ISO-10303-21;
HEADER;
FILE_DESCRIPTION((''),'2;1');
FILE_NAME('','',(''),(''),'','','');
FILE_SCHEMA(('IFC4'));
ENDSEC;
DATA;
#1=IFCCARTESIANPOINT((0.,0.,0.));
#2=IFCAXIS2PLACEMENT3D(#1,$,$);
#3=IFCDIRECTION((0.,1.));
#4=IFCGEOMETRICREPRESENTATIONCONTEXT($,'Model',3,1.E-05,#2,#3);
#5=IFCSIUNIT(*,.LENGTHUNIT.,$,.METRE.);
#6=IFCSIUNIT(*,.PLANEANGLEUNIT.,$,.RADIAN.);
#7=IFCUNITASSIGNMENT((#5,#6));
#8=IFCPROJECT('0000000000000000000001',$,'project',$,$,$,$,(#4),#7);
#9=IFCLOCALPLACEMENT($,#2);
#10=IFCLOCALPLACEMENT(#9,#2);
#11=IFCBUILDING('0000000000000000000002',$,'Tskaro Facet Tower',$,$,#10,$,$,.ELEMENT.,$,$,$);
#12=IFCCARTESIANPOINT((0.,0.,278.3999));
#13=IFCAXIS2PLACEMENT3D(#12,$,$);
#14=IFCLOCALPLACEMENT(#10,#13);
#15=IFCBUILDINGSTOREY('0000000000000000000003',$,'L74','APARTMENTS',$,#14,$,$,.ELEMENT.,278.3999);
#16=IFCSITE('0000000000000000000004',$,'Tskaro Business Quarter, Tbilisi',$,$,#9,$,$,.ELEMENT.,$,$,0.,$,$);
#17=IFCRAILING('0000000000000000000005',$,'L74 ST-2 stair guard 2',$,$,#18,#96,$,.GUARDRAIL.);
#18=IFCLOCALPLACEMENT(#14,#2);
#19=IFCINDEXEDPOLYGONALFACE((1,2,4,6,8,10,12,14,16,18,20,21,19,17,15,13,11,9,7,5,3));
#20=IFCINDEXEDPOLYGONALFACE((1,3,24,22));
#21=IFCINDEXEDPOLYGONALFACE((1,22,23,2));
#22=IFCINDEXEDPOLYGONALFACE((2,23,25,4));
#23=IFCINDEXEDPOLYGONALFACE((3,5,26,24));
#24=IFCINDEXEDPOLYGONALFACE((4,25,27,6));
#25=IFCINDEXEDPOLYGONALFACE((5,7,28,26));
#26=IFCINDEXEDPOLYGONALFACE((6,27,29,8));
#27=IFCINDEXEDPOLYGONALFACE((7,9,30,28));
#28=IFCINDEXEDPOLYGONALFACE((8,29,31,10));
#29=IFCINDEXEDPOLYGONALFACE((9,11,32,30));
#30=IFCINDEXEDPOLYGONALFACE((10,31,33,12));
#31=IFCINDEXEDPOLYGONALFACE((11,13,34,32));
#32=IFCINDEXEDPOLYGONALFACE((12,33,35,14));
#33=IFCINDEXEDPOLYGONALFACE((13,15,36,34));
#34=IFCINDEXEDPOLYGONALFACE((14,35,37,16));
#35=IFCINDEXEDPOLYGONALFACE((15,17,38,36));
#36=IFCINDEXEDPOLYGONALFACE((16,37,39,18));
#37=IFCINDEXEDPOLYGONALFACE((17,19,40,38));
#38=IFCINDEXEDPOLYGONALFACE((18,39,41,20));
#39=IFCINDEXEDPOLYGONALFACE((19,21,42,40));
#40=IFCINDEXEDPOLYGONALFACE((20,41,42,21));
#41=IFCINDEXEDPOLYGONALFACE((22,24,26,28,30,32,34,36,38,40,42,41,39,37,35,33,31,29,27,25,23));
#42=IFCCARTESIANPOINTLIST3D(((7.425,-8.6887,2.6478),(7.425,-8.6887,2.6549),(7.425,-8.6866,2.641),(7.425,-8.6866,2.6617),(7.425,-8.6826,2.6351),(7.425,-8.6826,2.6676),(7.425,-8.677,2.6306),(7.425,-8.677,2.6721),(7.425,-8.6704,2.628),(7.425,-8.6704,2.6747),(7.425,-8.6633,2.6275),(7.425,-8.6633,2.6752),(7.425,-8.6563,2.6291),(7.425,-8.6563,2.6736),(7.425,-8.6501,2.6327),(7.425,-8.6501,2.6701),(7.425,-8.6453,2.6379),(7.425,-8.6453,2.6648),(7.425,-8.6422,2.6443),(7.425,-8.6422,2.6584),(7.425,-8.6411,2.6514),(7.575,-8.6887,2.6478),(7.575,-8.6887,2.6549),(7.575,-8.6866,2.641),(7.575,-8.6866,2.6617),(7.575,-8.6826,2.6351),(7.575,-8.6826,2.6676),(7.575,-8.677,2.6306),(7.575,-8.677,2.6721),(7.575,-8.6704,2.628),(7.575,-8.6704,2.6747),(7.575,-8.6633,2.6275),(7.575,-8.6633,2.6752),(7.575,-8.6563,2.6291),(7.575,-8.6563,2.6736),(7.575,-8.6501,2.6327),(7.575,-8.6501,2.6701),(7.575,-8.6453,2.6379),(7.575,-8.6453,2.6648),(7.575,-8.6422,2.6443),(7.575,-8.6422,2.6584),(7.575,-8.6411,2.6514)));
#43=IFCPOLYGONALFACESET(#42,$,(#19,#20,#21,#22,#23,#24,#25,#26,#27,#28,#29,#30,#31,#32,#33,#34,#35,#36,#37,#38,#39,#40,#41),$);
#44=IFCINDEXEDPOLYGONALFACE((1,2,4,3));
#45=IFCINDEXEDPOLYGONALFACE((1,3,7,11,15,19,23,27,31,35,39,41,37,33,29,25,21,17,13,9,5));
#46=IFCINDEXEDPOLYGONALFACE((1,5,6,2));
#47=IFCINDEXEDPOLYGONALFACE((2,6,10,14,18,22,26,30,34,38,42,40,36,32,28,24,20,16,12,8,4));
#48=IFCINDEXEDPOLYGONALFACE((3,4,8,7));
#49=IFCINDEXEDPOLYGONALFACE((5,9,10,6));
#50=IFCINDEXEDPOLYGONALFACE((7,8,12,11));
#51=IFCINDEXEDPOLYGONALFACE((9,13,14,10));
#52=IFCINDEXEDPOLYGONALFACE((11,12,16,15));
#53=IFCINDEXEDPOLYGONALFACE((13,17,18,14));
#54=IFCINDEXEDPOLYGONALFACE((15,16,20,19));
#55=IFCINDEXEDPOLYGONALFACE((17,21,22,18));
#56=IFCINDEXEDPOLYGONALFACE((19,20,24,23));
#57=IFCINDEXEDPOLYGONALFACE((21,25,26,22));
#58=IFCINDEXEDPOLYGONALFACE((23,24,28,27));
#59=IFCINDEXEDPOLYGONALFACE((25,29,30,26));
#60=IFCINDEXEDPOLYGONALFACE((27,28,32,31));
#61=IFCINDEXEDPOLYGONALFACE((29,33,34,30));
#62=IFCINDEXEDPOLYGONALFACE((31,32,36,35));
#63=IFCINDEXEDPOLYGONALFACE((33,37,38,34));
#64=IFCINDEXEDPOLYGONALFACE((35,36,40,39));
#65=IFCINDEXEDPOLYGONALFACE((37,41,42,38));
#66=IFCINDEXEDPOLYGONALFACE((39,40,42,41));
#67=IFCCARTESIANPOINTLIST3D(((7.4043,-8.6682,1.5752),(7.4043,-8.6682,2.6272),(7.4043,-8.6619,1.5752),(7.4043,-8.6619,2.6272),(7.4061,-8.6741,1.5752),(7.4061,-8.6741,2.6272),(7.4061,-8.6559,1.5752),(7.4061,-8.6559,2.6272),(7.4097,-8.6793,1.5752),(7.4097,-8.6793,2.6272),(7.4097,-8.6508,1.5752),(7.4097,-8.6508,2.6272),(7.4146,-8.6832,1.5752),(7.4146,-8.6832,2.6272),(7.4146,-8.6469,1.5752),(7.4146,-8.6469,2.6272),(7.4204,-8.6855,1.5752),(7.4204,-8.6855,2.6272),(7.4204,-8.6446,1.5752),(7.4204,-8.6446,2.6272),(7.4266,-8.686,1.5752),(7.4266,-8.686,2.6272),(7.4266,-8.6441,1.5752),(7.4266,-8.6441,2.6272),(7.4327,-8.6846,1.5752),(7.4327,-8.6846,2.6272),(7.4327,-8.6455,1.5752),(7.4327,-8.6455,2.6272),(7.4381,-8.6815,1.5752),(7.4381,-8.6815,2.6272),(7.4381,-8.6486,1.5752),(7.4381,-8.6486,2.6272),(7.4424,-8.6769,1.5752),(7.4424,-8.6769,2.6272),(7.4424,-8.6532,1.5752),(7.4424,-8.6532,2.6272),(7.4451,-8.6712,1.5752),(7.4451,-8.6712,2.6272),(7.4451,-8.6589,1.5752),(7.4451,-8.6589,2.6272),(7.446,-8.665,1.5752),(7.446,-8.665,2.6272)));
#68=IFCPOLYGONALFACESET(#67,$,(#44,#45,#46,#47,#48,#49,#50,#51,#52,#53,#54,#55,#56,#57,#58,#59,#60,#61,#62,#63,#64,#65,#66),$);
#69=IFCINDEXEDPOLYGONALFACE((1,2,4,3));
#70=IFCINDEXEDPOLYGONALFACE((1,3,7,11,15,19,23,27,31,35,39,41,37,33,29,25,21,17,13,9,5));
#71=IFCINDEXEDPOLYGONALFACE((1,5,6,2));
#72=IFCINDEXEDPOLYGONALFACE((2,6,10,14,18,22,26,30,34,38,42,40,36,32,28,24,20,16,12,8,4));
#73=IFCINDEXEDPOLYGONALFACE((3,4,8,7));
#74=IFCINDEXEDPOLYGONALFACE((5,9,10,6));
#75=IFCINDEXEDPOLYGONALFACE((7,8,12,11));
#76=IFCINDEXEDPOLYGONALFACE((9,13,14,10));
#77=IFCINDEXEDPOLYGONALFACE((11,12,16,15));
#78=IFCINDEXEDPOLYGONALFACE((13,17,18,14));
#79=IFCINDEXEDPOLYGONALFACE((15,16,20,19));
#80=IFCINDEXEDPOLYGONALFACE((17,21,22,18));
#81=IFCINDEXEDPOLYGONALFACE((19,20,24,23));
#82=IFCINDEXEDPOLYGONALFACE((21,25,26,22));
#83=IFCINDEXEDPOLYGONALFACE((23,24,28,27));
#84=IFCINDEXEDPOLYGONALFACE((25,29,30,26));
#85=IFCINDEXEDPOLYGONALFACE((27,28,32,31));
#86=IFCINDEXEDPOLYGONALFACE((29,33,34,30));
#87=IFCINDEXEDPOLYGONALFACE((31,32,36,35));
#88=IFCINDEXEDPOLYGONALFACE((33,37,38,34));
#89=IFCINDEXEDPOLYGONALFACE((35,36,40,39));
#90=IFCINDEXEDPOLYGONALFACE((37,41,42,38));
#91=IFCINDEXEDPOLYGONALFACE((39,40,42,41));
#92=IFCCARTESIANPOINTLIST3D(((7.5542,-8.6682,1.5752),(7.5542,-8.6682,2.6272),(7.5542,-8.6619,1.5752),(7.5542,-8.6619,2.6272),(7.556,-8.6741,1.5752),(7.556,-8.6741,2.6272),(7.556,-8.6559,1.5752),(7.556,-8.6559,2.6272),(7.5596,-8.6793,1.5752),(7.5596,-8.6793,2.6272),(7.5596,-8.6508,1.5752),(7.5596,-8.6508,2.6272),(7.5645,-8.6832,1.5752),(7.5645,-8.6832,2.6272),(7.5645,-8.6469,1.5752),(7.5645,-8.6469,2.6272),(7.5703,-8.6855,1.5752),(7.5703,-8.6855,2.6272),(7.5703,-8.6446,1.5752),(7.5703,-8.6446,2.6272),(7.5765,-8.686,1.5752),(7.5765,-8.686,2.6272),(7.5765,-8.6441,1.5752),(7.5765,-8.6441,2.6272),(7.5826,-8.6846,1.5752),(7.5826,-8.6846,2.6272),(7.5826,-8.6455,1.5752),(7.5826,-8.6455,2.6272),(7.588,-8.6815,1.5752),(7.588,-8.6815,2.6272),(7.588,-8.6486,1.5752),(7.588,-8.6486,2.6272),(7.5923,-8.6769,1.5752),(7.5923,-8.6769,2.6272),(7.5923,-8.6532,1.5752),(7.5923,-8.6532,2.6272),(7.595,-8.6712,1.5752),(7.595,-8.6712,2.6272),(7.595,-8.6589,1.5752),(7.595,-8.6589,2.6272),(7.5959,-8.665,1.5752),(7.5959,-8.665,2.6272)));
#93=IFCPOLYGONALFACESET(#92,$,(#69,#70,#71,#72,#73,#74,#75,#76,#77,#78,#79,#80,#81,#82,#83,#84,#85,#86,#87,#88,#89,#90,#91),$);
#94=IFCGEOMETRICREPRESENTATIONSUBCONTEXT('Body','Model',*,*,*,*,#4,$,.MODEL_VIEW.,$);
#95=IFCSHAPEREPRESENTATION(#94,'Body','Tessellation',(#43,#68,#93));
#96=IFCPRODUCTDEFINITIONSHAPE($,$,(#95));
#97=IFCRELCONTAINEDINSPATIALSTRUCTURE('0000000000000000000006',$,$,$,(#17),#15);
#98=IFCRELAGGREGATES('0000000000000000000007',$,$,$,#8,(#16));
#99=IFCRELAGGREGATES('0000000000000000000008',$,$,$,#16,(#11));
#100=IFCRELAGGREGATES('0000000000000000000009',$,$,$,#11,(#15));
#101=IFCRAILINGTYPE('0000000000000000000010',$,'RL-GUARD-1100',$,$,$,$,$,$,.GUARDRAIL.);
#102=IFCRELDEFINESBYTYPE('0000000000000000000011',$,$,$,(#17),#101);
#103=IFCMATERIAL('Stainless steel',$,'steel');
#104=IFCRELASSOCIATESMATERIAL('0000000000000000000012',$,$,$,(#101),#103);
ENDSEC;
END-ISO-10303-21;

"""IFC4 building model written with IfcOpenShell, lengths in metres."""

from ifc_helpers import new_model, si_unit, direction, frame, origin, origin_2d, place, context, subcontext, project, spatial, circle, extrude, material, type_object, element, save


model = new_model("IFC4")

# Units and contexts
model_context = context("Model", 3, precision=1e-05, world=origin(), true_north=direction((0.0, 1.0)))
body_context = subcontext(model_context, "Body", "Model", "MODEL_VIEW")
ifc_project = project(units=[si_unit("LENGTHUNIT", "METRE"), si_unit("PLANEANGLEUNIT", "RADIAN")], contexts=[model_context])

# Site, building, storey
site_placement = place(None, origin())
site = spatial("IfcSite", under=ifc_project, at=site_placement, Name="Tskaro Business Quarter, Tbilisi", CompositionType="ELEMENT", RefElevation=0.0)
building_placement = place(site_placement, origin())
building = spatial("IfcBuilding", under=site, at=building_placement, Name="Tskaro Facet Tower", CompositionType="ELEMENT")
storey_placement = place(building_placement, frame((0.0, 0.0, 278.3999)))
storey = spatial("IfcBuildingStorey", under=building, at=storey_placement, Name="L74", Description="APARTMENTS", CompositionType="ELEMENT", Elevation=278.3999)

# Railing
ifc_material_1 = material(Name="Stainless steel", Category="steel")
railing_type_1 = type_object("IfcRailingType", Name="RL-GUARD-1100", PredefinedType="GUARDRAIL", material=ifc_material_1)
railing_1_placement = place(storey_placement, frame((7.425, -8.665, 1.5752)))
element("IfcRailing", 1, at=railing_1_placement, inside=storey, type_object=railing_type_1, Name="L74 ST-2 stair guard 2", PredefinedType="GUARDRAIL", context=body_context, shape_type="SweptSolid", body=[
    extrude(circle(Radius=0.0239, at=origin_2d()), frame((0.0, 0.0, 1.0762), z_axis=(1.0, 0.0, 0.0), x_axis=(0.0, 1.0, 0.0)), (0.0, 0.0, 1.0), 0.1499),
    extrude(circle(Radius=0.021, at=origin_2d()), origin(), (0.0, 0.0, 1.0), 1.052),
    extrude(circle(Radius=0.021, at=origin_2d()), frame((0.1499, 0.0, 0.0)), (0.0, 0.0, 1.0), 1.052),
])

save(model, "model.ifc")
